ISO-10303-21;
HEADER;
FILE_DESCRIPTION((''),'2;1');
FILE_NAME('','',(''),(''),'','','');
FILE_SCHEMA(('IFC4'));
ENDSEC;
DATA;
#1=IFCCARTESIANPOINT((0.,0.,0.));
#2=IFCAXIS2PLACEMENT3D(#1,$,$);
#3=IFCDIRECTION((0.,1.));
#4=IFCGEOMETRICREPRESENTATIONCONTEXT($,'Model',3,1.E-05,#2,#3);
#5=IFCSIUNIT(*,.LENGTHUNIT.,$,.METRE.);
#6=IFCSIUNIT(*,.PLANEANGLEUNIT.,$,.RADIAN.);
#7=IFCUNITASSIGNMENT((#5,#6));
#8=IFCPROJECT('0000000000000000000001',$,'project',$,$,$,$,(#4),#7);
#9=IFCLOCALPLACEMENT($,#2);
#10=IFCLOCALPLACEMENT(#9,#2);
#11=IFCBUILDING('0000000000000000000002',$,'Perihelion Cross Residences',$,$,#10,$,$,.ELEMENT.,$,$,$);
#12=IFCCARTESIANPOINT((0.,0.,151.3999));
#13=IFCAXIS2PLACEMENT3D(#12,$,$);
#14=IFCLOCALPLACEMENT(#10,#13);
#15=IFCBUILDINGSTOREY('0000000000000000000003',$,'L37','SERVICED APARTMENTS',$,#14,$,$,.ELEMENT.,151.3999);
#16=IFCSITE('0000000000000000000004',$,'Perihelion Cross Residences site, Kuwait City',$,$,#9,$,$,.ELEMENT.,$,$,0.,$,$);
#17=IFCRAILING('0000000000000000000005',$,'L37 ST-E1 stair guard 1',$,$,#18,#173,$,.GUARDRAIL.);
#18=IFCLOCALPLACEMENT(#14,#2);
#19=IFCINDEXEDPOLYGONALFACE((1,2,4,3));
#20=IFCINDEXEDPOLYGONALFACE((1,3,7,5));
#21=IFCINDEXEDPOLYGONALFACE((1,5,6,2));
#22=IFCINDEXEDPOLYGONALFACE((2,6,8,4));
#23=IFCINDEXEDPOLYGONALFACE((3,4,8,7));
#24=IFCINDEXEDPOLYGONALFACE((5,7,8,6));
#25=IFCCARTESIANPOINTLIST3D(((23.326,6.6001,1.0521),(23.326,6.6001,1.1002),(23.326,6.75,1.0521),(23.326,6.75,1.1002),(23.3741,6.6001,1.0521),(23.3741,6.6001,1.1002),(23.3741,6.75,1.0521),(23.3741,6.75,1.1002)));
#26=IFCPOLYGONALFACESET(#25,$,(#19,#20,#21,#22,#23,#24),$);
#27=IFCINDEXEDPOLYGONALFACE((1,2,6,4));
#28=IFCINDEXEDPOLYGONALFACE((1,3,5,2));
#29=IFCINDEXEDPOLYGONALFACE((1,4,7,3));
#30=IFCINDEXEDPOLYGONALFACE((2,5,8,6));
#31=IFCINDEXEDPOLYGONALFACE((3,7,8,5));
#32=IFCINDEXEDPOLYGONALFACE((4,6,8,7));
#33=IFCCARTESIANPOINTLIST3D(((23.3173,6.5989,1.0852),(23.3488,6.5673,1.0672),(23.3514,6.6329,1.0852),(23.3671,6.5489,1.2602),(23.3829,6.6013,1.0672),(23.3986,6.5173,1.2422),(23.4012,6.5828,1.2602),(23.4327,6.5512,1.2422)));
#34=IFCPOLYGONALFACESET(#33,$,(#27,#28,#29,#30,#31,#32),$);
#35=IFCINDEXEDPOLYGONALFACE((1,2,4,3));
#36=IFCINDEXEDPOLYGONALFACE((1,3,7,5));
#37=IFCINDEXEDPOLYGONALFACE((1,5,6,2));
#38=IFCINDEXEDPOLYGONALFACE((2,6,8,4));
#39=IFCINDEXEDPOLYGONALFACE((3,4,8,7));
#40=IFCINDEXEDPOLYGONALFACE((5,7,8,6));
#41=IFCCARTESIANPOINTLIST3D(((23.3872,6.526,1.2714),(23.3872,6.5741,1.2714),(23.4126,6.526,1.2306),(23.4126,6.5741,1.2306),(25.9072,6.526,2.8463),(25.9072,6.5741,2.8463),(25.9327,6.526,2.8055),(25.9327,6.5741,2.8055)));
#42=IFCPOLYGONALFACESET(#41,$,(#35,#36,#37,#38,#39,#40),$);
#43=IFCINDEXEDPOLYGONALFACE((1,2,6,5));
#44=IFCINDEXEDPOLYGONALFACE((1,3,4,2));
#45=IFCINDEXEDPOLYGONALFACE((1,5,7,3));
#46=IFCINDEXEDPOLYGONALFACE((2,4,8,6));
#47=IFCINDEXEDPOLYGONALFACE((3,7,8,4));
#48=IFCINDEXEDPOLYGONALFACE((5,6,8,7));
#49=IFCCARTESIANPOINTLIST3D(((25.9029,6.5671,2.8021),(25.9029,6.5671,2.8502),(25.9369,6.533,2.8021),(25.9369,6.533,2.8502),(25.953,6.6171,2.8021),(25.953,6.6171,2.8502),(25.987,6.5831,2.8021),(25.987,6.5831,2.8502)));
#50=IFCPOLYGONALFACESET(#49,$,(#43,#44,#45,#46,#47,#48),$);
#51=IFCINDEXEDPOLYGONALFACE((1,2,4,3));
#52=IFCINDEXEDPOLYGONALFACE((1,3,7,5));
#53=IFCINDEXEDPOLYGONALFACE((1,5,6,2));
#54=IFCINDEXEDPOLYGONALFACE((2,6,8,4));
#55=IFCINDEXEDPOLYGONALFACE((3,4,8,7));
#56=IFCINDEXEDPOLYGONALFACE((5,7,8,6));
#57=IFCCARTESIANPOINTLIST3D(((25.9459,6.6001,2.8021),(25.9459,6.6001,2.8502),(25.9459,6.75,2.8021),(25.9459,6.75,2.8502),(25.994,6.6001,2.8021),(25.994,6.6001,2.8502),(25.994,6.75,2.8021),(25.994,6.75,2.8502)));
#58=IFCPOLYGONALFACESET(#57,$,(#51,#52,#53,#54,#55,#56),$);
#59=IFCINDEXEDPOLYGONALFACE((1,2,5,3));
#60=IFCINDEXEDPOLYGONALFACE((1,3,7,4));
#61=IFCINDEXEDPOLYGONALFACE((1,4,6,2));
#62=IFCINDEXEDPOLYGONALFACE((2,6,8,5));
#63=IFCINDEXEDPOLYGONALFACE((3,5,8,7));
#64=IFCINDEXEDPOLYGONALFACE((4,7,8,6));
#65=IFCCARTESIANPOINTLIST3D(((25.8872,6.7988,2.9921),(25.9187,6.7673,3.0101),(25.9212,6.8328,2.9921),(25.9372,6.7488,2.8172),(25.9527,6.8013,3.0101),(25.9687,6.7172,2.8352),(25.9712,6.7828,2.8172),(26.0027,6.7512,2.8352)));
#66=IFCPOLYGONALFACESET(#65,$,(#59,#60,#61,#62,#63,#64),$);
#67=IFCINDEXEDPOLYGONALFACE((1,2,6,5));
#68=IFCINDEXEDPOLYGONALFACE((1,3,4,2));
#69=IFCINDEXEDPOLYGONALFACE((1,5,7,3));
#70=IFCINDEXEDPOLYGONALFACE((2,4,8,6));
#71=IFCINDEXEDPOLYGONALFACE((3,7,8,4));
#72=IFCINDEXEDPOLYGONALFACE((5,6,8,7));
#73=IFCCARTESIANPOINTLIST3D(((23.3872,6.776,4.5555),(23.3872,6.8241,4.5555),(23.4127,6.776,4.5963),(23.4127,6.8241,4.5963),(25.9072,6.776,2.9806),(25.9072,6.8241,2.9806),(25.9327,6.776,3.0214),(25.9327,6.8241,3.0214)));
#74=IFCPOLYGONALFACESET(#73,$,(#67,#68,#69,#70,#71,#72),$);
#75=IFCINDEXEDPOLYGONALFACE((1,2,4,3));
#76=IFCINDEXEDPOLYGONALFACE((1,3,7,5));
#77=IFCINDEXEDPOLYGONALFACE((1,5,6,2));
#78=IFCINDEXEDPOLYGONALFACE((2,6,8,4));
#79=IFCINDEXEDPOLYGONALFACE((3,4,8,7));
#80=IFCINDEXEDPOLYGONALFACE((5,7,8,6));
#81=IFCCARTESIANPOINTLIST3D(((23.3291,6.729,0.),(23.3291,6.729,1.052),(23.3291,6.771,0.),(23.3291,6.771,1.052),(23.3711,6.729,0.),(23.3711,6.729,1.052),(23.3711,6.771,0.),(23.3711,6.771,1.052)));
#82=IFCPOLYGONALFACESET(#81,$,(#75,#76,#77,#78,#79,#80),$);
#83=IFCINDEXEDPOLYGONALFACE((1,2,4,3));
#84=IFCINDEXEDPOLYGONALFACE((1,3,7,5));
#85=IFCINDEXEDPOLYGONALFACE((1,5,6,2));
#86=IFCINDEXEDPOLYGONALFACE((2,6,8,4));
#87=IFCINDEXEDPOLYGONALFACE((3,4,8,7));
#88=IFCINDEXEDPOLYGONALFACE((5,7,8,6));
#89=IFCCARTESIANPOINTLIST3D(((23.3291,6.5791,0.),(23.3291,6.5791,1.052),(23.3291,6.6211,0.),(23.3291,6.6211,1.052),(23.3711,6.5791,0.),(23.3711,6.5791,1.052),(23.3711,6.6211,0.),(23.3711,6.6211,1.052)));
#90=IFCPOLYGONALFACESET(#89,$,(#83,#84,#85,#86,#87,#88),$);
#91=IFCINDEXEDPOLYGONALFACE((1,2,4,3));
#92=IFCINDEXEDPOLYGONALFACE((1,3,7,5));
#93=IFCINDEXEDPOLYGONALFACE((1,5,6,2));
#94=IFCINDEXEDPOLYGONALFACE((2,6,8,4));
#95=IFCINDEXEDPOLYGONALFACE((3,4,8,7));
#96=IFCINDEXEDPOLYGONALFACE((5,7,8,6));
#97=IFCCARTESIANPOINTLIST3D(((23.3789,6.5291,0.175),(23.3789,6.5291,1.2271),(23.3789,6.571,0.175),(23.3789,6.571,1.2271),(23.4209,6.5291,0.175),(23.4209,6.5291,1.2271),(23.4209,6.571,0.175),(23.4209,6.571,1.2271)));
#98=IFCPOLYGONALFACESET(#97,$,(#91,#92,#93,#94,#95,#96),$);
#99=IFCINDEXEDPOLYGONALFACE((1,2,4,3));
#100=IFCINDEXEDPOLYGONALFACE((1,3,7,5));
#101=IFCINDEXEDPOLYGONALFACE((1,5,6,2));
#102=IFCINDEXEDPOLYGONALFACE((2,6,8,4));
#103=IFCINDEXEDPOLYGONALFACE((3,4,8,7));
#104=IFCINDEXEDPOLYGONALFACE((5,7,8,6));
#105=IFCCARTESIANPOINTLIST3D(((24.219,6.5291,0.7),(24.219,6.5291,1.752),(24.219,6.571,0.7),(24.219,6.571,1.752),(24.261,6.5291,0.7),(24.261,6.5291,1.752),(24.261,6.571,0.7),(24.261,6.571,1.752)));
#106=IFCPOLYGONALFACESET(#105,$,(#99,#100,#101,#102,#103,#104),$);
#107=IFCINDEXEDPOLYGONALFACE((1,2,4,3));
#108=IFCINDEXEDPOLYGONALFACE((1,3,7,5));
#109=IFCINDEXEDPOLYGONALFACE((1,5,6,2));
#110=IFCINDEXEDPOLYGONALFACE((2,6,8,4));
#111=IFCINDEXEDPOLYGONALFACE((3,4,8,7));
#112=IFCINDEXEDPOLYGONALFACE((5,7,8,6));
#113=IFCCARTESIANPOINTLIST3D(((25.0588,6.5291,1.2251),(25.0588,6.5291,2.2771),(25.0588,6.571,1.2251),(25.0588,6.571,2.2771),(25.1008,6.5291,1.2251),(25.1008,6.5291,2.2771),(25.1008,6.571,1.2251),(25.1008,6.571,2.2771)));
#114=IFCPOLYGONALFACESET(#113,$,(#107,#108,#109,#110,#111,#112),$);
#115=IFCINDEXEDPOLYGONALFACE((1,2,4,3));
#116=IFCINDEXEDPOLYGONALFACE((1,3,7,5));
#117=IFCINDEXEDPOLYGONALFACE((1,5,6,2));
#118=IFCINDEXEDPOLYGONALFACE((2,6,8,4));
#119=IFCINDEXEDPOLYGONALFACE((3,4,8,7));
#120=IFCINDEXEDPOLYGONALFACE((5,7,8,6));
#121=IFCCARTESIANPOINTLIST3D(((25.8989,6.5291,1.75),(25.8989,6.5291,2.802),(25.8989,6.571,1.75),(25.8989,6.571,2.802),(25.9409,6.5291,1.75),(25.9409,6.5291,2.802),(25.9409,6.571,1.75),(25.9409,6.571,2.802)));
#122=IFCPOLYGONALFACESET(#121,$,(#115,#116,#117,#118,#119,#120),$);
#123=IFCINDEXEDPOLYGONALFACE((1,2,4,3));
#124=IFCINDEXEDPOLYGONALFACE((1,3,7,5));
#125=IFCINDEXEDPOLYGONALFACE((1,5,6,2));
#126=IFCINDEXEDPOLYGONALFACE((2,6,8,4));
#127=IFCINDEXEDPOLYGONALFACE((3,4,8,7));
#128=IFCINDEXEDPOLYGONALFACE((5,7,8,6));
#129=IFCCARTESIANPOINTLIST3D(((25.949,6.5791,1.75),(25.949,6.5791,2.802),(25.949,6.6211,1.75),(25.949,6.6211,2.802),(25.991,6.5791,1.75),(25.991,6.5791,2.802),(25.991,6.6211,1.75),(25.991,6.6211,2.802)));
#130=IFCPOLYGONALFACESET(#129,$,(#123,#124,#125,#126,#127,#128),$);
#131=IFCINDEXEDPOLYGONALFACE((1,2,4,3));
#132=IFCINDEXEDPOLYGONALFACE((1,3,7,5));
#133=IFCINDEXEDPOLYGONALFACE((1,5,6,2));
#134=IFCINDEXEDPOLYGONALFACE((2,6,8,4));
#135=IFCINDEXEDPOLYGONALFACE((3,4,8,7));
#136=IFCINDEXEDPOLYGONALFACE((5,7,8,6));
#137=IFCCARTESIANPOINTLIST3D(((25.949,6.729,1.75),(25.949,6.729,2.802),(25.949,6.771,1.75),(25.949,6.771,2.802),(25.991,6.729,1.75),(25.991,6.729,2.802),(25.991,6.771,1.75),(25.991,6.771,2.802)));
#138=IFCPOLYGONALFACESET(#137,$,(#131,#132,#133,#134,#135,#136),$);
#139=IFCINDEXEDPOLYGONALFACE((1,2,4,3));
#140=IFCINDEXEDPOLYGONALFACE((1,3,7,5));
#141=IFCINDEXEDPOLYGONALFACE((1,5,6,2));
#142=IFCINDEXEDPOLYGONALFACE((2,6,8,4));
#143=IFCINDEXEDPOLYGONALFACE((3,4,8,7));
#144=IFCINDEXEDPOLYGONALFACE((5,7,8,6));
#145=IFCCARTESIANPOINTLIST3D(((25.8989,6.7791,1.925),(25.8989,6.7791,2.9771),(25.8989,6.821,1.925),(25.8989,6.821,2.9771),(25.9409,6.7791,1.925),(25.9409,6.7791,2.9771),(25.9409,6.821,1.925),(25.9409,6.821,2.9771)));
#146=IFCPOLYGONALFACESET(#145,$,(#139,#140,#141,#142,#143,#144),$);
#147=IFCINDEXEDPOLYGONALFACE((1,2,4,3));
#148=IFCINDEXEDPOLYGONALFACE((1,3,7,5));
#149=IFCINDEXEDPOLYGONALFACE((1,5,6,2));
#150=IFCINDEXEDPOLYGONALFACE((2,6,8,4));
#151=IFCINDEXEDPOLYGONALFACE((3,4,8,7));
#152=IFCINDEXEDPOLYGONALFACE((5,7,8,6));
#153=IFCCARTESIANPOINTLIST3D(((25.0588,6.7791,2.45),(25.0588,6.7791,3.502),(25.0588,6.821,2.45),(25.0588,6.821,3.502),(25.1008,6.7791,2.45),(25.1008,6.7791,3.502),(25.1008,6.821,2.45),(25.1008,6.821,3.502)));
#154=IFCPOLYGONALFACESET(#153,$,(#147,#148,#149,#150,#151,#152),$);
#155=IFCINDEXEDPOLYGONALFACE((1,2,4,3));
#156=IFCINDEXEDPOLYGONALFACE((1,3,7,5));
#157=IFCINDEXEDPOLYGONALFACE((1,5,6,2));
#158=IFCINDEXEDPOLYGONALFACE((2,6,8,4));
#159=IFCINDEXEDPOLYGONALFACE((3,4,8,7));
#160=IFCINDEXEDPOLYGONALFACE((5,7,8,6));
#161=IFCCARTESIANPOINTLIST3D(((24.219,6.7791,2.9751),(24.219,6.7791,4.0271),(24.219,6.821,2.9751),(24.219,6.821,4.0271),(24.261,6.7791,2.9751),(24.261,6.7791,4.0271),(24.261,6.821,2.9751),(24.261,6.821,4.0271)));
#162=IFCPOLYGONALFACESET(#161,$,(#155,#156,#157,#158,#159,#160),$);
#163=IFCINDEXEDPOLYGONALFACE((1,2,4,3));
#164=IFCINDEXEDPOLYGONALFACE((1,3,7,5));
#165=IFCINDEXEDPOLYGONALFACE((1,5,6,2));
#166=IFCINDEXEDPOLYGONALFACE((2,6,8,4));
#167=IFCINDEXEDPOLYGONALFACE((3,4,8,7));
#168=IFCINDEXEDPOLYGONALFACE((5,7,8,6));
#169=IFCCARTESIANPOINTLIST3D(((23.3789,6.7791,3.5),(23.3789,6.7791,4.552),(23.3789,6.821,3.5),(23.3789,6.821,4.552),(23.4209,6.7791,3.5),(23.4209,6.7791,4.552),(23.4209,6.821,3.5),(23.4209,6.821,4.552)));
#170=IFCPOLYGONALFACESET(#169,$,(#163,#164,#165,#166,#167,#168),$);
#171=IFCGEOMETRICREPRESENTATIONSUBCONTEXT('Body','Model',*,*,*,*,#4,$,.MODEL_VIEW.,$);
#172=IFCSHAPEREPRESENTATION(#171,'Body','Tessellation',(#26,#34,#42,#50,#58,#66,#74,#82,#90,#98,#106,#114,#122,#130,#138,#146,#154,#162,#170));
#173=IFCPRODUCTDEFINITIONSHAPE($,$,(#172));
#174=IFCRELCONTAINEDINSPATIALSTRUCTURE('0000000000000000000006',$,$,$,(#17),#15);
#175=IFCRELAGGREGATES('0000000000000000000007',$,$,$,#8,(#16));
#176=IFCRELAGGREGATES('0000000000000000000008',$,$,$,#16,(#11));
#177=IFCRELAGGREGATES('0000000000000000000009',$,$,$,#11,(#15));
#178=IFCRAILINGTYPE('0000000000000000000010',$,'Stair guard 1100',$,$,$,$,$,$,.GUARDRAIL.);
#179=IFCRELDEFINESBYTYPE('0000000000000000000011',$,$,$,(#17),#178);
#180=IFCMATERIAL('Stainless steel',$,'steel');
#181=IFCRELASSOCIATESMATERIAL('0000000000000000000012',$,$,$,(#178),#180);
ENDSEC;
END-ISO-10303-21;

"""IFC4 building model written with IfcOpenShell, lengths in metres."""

from ifc_helpers import new_model, si_unit, direction, frame, origin, origin_2d, place, context, subcontext, project, spatial, rectangle, extrude, material, type_object, element, save


model = new_model("IFC4")

# Units and contexts
model_context = context("Model", 3, precision=1e-05, world=origin(), true_north=direction((0.0, 1.0)))
body_context = subcontext(model_context, "Body", "Model", "MODEL_VIEW")
ifc_project = project(units=[si_unit("LENGTHUNIT", "METRE"), si_unit("PLANEANGLEUNIT", "RADIAN")], contexts=[model_context])

# Site, building, storey
site_placement = place(None, origin())
site = spatial("IfcSite", under=ifc_project, at=site_placement, Name="Perihelion Cross Residences site, Kuwait City", CompositionType="ELEMENT", RefElevation=0.0)
building_placement = place(site_placement, origin())
building = spatial("IfcBuilding", under=site, at=building_placement, Name="Perihelion Cross Residences", CompositionType="ELEMENT")
storey_placement = place(building_placement, frame((0.0, 0.0, 151.3999)))
storey = spatial("IfcBuildingStorey", under=building, at=storey_placement, Name="L37", Description="SERVICED APARTMENTS", CompositionType="ELEMENT", Elevation=151.3999)

# Railing
ifc_material_1 = material(Name="Stainless steel", Category="steel")
railing_type_1 = type_object("IfcRailingType", Name="Stair guard 1100", PredefinedType="GUARDRAIL", material=ifc_material_1)
railing_1_placement = place(storey_placement, frame((23.3501, 6.75, 0.0)))
element("IfcRailing", 1, at=railing_1_placement, inside=storey, type_object=railing_type_1, Name="L37 ST-E1 stair guard 1", PredefinedType="GUARDRAIL", context=body_context, shape_type="SweptSolid", body=[
    extrude(rectangle(XDim=0.0481, YDim=0.0481, at=origin_2d()), frame((0.0, 0.0, 1.0762), z_axis=(0.0, -1.0, 0.0), x_axis=(1.0, 0.0, 0.0)), (0.0, 0.0, 1.0), 0.1499),
    extrude(rectangle(XDim=0.0481, YDim=0.0481, at=origin_2d()), frame((0.0, -0.1499, 1.0762), z_axis=(0.263862, -0.265156, 0.927399), x_axis=(0.708834, 0.705376, 0.0)), (0.0, 0.0, 1.0), 0.1887),
    extrude(rectangle(XDim=0.0481, YDim=0.0481, at=origin_2d()), frame((0.0498, -0.2, 1.251), z_axis=(0.848008, 0.0, 0.529984), x_axis=(0.0, 1.0, 0.0)), (0.0, 0.0, 1.0), 2.9717),
    extrude(rectangle(XDim=0.0481, YDim=0.0481, at=origin_2d()), frame((2.5698, -0.2, 2.8262), z_axis=(0.707107, 0.707107, 0.0), x_axis=(-0.707107, 0.707107, 0.0)), (0.0, 0.0, 1.0), 0.0708),
    extrude(rectangle(XDim=0.0481, YDim=0.0481, at=origin_2d()), frame((2.6199, -0.1499, 2.8262), z_axis=(0.0, 1.0, 0.0), x_axis=(-1.0, 0.0, 0.0)), (0.0, 0.0, 1.0), 0.1499),
    extrude(rectangle(XDim=0.0481, YDim=0.0481, at=origin_2d()), frame((2.6199, 0.0, 2.8262), z_axis=(-0.265065, 0.265065, 0.927082), x_axis=(-0.707107, -0.707107, 0.0)), (0.0, 0.0, 1.0), 0.1887),
    extrude(rectangle(XDim=0.0481, YDim=0.0481, at=origin_2d()), frame((2.5698, 0.05, 3.001), z_axis=(-0.848008, 0.0, 0.529984), x_axis=(0.0, -1.0, 0.0)), (0.0, 0.0, 1.0), 2.9717),
    extrude(rectangle(XDim=0.042, YDim=0.042, at=origin_2d()), origin(), (0.0, 0.0, 1.0), 1.052),
    extrude(rectangle(XDim=0.042, YDim=0.042, at=origin_2d()), frame((0.0, -0.1499, 0.0)), (0.0, 0.0, 1.0), 1.052),
    extrude(rectangle(XDim=0.042, YDim=0.042, at=origin_2d()), frame((0.0498, -0.2, 0.175)), (0.0, 0.0, 1.0), 1.052),
    extrude(rectangle(XDim=0.042, YDim=0.042, at=origin_2d()), frame((0.8899, -0.2, 0.7)), (0.0, 0.0, 1.0), 1.052),
    extrude(rectangle(XDim=0.042, YDim=0.042, at=origin_2d()), frame((1.7297, -0.2, 1.2251)), (0.0, 0.0, 1.0), 1.052),
    extrude(rectangle(XDim=0.042, YDim=0.042, at=origin_2d()), frame((2.5698, -0.2, 1.75)), (0.0, 0.0, 1.0), 1.052),
    extrude(rectangle(XDim=0.042, YDim=0.042, at=origin_2d()), frame((2.6199, -0.1499, 1.75)), (0.0, 0.0, 1.0), 1.052),
    extrude(rectangle(XDim=0.042, YDim=0.042, at=origin_2d()), frame((2.6199, 0.0, 1.75)), (0.0, 0.0, 1.0), 1.052),
    extrude(rectangle(XDim=0.042, YDim=0.042, at=origin_2d()), frame((2.5698, 0.05, 1.925)), (0.0, 0.0, 1.0), 1.052),
    extrude(rectangle(XDim=0.042, YDim=0.042, at=origin_2d()), frame((1.7297, 0.05, 2.45)), (0.0, 0.0, 1.0), 1.052),
    extrude(rectangle(XDim=0.042, YDim=0.042, at=origin_2d()), frame((0.8899, 0.05, 2.9751)), (0.0, 0.0, 1.0), 1.052),
    extrude(rectangle(XDim=0.042, YDim=0.042, at=origin_2d()), frame((0.0498, 0.05, 3.5)), (0.0, 0.0, 1.0), 1.052),
])

save(model, "model.ifc")
